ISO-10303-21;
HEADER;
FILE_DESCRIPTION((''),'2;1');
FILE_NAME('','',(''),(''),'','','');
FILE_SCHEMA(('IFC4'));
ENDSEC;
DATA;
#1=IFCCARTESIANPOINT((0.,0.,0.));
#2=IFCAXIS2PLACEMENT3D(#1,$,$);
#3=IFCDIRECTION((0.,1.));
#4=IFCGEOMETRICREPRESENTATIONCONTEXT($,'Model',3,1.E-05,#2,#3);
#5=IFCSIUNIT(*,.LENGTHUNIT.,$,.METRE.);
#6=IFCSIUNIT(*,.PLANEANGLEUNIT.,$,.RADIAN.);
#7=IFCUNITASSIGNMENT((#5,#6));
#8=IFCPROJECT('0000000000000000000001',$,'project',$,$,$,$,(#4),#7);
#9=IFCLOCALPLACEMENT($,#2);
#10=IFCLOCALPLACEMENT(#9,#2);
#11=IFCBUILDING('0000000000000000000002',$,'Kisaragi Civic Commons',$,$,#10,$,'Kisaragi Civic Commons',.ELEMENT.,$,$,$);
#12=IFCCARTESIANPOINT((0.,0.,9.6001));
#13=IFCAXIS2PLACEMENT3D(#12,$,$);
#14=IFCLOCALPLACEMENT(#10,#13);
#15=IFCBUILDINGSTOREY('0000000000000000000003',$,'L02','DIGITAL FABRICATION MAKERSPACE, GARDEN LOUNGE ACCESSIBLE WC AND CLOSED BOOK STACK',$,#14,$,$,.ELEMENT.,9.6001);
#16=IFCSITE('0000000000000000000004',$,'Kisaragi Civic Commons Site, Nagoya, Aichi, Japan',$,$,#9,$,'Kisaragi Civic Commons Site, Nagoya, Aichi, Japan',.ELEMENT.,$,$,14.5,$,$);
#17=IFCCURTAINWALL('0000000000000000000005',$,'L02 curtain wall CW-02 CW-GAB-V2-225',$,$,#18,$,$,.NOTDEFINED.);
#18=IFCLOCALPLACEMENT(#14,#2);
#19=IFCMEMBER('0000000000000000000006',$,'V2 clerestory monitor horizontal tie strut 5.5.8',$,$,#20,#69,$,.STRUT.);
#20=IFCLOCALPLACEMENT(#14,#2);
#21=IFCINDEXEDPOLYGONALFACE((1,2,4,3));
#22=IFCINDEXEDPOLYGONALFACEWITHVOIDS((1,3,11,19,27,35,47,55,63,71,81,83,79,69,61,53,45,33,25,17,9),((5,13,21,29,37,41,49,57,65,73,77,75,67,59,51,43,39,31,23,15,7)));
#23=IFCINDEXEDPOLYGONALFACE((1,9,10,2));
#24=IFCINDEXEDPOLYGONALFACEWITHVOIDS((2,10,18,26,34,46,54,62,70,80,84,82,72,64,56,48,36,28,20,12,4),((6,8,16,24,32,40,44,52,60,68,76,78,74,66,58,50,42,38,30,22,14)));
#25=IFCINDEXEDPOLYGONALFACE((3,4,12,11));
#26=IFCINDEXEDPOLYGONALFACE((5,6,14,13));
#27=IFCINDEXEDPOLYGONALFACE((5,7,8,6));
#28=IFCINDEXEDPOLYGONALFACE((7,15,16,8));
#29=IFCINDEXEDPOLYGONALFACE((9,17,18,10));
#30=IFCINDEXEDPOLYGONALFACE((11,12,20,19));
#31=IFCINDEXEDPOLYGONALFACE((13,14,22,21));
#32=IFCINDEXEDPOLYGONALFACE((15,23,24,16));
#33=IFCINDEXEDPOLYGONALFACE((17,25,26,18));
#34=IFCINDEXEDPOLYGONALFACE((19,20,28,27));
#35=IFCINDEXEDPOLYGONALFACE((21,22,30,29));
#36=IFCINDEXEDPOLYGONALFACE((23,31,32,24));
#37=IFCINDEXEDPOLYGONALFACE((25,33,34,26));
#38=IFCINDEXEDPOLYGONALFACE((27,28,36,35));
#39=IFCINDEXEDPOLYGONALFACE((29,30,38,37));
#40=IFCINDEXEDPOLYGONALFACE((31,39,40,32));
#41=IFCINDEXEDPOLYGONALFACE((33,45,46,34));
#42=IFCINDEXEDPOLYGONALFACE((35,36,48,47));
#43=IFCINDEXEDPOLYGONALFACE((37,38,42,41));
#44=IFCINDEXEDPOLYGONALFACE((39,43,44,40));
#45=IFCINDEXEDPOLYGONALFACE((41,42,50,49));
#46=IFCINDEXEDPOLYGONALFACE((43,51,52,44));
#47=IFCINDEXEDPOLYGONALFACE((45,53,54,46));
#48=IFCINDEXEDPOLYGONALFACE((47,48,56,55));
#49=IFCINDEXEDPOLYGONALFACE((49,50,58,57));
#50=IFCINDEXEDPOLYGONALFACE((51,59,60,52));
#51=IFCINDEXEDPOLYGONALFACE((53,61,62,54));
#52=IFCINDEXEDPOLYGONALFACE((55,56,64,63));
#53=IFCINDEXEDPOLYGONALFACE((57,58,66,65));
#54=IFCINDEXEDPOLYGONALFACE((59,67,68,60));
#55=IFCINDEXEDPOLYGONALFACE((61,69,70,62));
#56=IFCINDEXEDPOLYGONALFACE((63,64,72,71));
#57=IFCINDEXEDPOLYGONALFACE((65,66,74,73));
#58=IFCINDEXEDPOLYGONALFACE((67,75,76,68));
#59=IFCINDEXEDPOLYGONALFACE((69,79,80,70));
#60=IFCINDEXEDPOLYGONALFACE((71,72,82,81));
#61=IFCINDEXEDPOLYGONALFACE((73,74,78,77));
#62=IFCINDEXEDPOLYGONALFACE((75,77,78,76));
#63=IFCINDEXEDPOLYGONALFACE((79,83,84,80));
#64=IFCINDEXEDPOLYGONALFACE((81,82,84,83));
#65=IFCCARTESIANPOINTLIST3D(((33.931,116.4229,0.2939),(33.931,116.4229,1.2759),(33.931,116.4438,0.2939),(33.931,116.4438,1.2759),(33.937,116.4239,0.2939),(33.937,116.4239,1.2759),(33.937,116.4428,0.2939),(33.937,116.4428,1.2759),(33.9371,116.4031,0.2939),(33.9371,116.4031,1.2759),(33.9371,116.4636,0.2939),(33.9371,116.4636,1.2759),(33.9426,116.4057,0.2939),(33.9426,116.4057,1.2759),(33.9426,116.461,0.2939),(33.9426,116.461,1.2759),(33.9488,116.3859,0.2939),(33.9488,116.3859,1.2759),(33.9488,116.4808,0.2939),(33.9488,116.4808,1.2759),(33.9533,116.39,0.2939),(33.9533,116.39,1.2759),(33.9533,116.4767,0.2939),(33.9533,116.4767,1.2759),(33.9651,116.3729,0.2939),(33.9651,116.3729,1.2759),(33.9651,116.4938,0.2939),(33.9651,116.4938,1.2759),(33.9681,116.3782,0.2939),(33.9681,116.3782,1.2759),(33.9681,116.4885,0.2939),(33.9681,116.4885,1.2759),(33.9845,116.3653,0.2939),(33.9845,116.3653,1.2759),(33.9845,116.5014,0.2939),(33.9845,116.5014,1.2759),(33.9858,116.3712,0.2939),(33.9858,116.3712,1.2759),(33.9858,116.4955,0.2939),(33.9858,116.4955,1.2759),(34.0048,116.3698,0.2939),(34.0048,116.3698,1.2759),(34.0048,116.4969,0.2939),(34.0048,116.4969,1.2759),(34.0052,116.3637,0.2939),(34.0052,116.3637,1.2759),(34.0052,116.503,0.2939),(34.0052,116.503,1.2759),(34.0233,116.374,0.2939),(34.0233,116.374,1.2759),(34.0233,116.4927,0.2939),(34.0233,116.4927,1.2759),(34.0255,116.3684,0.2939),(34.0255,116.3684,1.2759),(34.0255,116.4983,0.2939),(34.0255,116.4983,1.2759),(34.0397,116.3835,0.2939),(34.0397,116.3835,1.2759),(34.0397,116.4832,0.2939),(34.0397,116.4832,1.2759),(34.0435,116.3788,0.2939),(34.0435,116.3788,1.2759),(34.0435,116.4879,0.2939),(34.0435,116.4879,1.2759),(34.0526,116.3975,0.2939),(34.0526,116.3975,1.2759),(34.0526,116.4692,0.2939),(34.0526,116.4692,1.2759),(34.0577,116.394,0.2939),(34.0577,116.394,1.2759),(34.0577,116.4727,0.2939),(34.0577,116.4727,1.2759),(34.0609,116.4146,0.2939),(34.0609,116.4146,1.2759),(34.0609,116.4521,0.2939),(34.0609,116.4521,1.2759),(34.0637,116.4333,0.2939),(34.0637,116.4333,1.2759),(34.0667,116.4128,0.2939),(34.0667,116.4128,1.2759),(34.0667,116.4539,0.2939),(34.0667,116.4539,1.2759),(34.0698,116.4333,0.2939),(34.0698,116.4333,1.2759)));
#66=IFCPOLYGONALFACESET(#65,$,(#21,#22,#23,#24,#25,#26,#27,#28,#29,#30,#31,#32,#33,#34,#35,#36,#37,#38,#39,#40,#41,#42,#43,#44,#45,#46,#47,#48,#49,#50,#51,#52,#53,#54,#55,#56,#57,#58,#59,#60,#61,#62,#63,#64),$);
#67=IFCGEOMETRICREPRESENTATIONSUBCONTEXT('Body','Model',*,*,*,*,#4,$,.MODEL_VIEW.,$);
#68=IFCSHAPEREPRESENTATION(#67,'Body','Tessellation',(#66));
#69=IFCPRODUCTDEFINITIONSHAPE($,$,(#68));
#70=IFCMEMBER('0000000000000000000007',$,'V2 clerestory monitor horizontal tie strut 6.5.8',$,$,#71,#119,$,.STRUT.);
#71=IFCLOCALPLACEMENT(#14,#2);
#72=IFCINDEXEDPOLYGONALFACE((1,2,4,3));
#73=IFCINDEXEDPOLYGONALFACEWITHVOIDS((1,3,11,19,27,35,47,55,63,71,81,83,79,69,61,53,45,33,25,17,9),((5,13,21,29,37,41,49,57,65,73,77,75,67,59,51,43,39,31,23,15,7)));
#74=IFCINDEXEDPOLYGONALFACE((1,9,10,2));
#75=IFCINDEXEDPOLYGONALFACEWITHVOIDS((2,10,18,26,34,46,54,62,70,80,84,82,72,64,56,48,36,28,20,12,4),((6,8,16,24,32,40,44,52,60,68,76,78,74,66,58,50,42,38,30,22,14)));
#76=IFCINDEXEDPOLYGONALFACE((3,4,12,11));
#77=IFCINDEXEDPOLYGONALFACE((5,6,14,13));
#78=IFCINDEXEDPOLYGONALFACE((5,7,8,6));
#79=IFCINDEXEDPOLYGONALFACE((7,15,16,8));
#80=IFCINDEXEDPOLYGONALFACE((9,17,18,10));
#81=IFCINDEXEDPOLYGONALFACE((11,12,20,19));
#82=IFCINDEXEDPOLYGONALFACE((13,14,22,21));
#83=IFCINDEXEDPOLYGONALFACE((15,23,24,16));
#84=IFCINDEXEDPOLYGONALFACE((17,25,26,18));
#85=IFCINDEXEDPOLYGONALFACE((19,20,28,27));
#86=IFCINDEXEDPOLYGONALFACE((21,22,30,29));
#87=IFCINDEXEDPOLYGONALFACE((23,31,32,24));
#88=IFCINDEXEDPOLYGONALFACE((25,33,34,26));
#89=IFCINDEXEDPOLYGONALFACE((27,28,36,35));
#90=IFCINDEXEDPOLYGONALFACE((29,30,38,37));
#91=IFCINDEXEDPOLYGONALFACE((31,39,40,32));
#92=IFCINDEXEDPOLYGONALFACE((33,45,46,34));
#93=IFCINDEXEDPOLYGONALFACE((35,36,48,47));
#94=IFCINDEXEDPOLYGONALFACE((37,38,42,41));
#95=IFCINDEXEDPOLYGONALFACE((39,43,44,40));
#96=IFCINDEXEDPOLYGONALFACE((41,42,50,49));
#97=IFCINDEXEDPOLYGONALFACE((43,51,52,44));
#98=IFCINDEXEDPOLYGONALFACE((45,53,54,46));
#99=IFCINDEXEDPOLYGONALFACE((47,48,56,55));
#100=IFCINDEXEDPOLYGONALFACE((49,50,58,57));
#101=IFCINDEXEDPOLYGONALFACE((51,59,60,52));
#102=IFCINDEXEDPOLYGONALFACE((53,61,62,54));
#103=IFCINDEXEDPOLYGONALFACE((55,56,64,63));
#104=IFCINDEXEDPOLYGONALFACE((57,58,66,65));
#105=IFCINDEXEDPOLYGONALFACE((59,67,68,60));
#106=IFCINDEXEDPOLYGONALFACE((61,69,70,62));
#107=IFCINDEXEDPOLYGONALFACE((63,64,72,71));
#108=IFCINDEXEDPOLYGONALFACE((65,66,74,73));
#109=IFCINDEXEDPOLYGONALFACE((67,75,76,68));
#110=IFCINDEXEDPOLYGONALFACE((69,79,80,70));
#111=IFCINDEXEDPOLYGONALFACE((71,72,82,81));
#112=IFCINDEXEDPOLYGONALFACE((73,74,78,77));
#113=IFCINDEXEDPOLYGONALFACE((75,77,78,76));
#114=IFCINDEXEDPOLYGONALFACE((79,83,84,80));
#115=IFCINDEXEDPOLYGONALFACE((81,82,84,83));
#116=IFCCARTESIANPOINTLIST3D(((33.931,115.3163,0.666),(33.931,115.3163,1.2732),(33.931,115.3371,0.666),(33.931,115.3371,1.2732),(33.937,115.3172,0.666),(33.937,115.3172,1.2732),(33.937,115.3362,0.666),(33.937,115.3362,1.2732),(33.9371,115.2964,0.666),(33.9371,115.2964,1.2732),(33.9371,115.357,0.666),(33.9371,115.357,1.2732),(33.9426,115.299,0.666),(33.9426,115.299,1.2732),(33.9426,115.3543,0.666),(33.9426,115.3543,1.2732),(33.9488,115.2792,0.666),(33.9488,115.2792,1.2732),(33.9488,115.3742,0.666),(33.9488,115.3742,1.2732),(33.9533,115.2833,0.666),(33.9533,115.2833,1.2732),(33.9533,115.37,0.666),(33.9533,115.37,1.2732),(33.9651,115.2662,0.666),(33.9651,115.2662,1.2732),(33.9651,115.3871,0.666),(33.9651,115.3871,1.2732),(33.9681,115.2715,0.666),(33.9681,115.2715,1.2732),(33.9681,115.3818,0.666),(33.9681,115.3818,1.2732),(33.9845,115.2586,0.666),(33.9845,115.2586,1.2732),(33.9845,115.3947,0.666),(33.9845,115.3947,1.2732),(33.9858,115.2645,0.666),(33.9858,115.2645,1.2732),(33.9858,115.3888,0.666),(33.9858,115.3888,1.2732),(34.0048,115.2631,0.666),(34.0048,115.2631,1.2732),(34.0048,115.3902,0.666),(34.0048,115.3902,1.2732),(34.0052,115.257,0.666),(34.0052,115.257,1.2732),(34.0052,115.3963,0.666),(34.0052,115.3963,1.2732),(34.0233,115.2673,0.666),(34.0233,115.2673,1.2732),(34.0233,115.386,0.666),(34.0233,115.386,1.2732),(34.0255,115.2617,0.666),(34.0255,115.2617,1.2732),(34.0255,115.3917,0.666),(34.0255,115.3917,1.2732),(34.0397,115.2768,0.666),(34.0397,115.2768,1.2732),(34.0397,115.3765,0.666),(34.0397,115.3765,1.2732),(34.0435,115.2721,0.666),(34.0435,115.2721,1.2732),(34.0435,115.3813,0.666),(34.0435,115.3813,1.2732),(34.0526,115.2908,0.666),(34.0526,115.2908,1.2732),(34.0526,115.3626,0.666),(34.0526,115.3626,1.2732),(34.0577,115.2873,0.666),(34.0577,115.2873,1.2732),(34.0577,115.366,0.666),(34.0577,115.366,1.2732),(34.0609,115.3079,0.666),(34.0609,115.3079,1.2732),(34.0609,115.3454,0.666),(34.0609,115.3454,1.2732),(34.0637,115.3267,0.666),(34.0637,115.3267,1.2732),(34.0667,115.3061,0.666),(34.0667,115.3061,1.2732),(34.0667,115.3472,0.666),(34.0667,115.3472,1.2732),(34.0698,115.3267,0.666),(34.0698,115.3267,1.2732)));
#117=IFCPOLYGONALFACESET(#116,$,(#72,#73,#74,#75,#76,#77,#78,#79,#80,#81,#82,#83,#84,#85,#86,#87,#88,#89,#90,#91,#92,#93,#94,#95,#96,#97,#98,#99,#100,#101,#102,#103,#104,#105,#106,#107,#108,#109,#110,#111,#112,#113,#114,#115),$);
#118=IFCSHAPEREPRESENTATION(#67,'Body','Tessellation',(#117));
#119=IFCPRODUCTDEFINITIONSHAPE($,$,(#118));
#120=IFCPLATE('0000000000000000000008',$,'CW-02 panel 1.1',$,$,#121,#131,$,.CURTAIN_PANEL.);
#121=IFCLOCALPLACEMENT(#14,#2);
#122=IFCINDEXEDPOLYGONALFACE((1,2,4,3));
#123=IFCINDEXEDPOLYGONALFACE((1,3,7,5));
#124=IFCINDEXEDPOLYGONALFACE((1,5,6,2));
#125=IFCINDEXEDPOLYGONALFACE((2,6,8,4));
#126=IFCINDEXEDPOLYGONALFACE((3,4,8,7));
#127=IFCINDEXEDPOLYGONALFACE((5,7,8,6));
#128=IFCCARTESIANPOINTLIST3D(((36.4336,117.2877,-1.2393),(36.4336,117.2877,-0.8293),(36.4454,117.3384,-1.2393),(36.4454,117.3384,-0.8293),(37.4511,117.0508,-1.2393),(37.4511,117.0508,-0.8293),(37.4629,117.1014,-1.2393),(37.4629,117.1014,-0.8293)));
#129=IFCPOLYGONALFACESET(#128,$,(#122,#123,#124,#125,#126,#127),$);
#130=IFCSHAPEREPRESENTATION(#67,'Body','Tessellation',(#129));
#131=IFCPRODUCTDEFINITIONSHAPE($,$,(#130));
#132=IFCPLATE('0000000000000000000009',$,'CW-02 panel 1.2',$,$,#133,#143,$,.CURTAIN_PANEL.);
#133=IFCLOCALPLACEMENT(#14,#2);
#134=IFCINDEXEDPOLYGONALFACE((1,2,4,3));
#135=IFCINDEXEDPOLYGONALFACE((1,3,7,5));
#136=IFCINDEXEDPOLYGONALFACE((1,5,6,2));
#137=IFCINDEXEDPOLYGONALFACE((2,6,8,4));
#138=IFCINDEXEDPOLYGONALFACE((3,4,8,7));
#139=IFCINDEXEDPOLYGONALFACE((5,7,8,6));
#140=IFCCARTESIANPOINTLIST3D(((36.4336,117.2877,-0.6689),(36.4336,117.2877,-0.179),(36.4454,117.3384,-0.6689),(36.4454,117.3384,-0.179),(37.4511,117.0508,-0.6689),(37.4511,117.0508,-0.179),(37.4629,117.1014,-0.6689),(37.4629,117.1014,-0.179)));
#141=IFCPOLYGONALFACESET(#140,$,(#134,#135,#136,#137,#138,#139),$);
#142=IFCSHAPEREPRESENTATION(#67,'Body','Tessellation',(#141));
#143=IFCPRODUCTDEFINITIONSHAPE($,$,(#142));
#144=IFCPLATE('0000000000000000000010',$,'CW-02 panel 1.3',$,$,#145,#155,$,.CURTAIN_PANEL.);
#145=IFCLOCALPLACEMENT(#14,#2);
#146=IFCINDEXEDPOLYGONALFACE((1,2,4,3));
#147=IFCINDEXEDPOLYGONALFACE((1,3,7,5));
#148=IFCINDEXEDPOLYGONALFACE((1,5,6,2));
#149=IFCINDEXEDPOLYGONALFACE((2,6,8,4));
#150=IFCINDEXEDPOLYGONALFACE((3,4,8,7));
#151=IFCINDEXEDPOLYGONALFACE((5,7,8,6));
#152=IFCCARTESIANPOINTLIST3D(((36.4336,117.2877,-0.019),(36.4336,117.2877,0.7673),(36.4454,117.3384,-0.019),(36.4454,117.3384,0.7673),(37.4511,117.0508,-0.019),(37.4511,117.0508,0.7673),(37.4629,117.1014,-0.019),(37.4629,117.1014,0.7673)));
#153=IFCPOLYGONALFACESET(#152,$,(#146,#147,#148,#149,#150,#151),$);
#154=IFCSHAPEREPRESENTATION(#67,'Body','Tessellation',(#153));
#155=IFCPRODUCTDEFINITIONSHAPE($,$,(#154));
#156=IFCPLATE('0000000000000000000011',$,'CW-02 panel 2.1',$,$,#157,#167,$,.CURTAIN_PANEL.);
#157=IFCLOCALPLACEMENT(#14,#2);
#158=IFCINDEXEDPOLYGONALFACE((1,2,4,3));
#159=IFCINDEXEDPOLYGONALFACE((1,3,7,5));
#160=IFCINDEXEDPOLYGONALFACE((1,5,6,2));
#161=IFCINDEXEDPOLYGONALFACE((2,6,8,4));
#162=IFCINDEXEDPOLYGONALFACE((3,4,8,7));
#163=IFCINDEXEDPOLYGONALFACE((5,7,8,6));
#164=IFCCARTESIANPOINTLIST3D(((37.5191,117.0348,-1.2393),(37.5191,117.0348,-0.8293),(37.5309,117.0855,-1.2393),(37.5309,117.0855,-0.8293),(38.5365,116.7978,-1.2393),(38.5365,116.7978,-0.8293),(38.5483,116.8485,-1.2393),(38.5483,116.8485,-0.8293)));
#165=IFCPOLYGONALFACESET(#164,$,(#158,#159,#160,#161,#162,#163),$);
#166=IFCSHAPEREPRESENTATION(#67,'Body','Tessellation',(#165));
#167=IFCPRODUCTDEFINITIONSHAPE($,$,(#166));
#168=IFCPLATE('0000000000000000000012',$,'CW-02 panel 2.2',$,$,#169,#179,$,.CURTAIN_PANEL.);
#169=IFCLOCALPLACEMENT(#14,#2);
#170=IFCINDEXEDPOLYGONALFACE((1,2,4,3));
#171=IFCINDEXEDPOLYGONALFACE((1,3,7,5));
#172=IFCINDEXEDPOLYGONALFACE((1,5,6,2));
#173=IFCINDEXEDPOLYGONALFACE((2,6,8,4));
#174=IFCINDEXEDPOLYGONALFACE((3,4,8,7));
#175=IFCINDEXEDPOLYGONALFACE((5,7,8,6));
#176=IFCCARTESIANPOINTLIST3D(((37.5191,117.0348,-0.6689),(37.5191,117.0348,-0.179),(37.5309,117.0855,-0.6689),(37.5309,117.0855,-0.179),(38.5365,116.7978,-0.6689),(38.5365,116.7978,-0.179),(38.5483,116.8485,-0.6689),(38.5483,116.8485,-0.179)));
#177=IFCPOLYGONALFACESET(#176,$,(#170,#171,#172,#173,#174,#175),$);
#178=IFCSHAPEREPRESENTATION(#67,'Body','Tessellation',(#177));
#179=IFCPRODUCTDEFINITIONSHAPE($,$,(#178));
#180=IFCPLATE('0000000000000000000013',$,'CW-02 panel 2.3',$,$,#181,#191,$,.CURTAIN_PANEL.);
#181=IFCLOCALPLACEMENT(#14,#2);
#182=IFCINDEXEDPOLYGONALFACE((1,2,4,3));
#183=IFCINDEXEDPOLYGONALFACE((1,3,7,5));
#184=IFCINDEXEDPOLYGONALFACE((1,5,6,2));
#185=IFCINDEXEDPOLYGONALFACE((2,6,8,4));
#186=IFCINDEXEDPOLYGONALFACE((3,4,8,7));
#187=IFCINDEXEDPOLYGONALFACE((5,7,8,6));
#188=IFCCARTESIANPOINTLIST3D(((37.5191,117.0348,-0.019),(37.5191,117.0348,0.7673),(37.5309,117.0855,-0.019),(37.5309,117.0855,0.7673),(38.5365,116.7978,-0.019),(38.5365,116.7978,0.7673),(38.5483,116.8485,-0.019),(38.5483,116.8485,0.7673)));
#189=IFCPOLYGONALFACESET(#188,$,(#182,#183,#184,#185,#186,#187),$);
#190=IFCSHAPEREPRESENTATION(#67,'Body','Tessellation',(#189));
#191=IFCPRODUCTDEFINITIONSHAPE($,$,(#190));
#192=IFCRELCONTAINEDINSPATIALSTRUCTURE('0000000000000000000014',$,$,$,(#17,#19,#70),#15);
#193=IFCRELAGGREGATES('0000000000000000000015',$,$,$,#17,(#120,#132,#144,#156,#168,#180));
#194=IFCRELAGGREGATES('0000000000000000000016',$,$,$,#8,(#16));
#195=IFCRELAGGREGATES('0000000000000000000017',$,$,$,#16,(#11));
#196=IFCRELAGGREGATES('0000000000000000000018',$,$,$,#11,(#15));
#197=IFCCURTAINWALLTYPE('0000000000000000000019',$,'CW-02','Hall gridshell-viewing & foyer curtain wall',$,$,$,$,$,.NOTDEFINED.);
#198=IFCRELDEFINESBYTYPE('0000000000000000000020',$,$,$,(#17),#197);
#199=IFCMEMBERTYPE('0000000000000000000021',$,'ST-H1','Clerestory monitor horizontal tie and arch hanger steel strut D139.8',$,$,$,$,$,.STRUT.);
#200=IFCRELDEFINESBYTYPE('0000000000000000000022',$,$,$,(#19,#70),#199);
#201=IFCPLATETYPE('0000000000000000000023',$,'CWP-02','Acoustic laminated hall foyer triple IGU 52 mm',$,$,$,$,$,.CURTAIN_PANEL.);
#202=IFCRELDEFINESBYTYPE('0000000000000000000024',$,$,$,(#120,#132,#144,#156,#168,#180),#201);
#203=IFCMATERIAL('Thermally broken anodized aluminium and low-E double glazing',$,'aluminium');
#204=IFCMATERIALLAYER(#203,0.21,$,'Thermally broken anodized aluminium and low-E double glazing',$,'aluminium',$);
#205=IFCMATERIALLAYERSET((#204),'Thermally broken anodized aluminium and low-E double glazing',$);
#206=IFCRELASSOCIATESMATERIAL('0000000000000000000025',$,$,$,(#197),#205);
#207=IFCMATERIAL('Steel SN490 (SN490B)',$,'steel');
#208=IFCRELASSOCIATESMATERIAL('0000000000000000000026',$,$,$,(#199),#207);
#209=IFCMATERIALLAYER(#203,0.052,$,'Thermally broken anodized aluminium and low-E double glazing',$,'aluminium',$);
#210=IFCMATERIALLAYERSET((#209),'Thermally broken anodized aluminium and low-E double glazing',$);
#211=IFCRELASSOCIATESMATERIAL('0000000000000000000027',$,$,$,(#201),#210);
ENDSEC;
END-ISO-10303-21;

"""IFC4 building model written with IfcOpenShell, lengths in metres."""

from ifc_helpers import new_model, si_unit, direction, frame, origin, origin_2d, place, context, subcontext, project, spatial, rectangle, hollow_circle, extrude, material, layer, layer_set, material_profile, profile_set, type_object, element, aggregate, save


model = new_model("IFC4")

# Units and contexts
model_context = context("Model", 3, precision=1e-05, world=origin(), true_north=direction((0.0, 1.0)))
body_context = subcontext(model_context, "Body", "Model", "MODEL_VIEW")
ifc_project = project(units=[si_unit("LENGTHUNIT", "METRE"), si_unit("PLANEANGLEUNIT", "RADIAN")], contexts=[model_context])

# Site, building, storey
site_placement = place(None, origin())
site = spatial("IfcSite", under=ifc_project, at=site_placement, Name="Kisaragi Civic Commons Site, Nagoya, Aichi, Japan", LongName="Kisaragi Civic Commons Site, Nagoya, Aichi, Japan", CompositionType="ELEMENT", RefElevation=14.5)
building_placement = place(site_placement, origin())
building = spatial("IfcBuilding", under=site, at=building_placement, Name="Kisaragi Civic Commons", LongName="Kisaragi Civic Commons", CompositionType="ELEMENT")
storey_placement = place(building_placement, frame((0.0, 0.0, 9.6001)))
storey = spatial("IfcBuildingStorey", under=building, at=storey_placement, Name="L02", Description="DIGITAL FABRICATION MAKERSPACE, GARDEN LOUNGE ACCESSIBLE WC AND CLOSED BOOK STACK", CompositionType="ELEMENT", Elevation=9.6001)

# Curtain wall
ifc_material_1 = material(Name="Thermally broken anodized aluminium and low-E double glazing", Category="aluminium")
ifc_layer_1 = layer(ifc_material_1, 0.21, Name="Thermally broken anodized aluminium and low-E double glazing", Category="aluminium")
ifc_layer_set_1 = layer_set([ifc_layer_1], Name="Thermally broken anodized aluminium and low-E double glazing")
curtain_wall_type = type_object("IfcCurtainWallType", Name="CW-02", Description="Hall gridshell-viewing & foyer curtain wall", PredefinedType="NOTDEFINED", material=ifc_layer_set_1)
curtain_wall_placement = place(storey_placement, origin())
curtain_wall = element("IfcCurtainWall", 1, at=curtain_wall_placement, inside=storey, type_object=curtain_wall_type, Name="L02 curtain wall CW-02 CW-GAB-V2-225", PredefinedType="NOTDEFINED")

# Members
ifc_material_2 = material(Name="Steel SN490 (SN490B)", Category="steel")
ifc_material_profile_1 = material_profile(ifc_material_2, hollow_circle(Radius=0.0698, WallThickness=0.0061, at=origin_2d()), Name="CHS-139.8x6.0", Category="steel")
ifc_profile_set_1 = profile_set([ifc_material_profile_1], Name="Steel SN490 (SN490B)")
member_type_1 = type_object("IfcMemberType", Name="ST-H1", Description="Clerestory monitor horizontal tie and arch hanger steel strut D139.8", PredefinedType="STRUT", material=ifc_profile_set_1)
member_1_placement = place(storey_placement, frame((34.0, 116.4333, 0.2939), z_axis=(0.0, 0.0, 1.0), x_axis=(1.0, 0.0, 0.0)))
element("IfcMember", 2, at=member_1_placement, inside=storey, type_object=member_type_1, Name="V2 clerestory monitor horizontal tie strut 5.5.8", PredefinedType="STRUT", context=body_context, shape_type="SweptSolid", body=[
    extrude(hollow_circle(Radius=0.0698, WallThickness=0.0061, at=origin_2d()), origin(), (0.0, 0.0, 1.0), 0.9819),
])
member_2_placement = place(storey_placement, frame((34.0, 115.3267, 0.666), z_axis=(0.0, 0.0, 1.0), x_axis=(1.0, 0.0, 0.0)))
element("IfcMember", 3, at=member_2_placement, inside=storey, type_object=member_type_1, Name="V2 clerestory monitor horizontal tie strut 6.5.8", PredefinedType="STRUT", context=body_context, shape_type="SweptSolid", body=[
    extrude(hollow_circle(Radius=0.0698, WallThickness=0.0061, at=origin_2d()), origin(), (0.0, 0.0, 1.0), 0.6072),
])

# Plates
ifc_layer_2 = layer(ifc_material_1, 0.052, Name="Thermally broken anodized aluminium and low-E double glazing", Category="aluminium")
ifc_layer_set_2 = layer_set([ifc_layer_2], Name="Thermally broken anodized aluminium and low-E double glazing")
plate_type_1 = type_object("IfcPlateType", Name="CWP-02", Description="Acoustic laminated hall foyer triple IGU 52 mm", PredefinedType="CURTAIN_PANEL", material=ifc_layer_set_2)
plate_1_placement = place(storey_placement, frame((36.9482, 117.1946, -1.2393), z_axis=(0.0, 0.0, 1.0), x_axis=(0.973935, -0.226825, 0.0)))
plate_1 = element("IfcPlate", 4, at=plate_1_placement, type_object=plate_type_1, Name="CW-02 panel 1.1", PredefinedType="CURTAIN_PANEL", context=body_context, shape_type="SweptSolid", body=[
    extrude(rectangle(XDim=1.0447, YDim=0.052, at=origin_2d()), origin(), (0.0, 0.0, 1.0), 0.4099),
])
plate_2_placement = place(storey_placement, frame((36.9482, 117.1946, -0.6689), z_axis=(0.0, 0.0, 1.0), x_axis=(0.973935, -0.226825, 0.0)))
plate_2 = element("IfcPlate", 5, at=plate_2_placement, type_object=plate_type_1, Name="CW-02 panel 1.2", PredefinedType="CURTAIN_PANEL", context=body_context, shape_type="SweptSolid", body=[
    extrude(rectangle(XDim=1.0447, YDim=0.052, at=origin_2d()), origin(), (0.0, 0.0, 1.0), 0.49),
])
plate_3_placement = place(storey_placement, frame((36.9482, 117.1946, -0.019), z_axis=(0.0, 0.0, 1.0), x_axis=(0.973935, -0.226825, 0.0)))
plate_3 = element("IfcPlate", 6, at=plate_3_placement, type_object=plate_type_1, Name="CW-02 panel 1.3", PredefinedType="CURTAIN_PANEL", context=body_context, shape_type="SweptSolid", body=[
    extrude(rectangle(XDim=1.0447, YDim=0.052, at=origin_2d()), origin(), (0.0, 0.0, 1.0), 0.7864),
])
plate_4_placement = place(storey_placement, frame((38.0337, 116.9417, -1.2393), z_axis=(0.0, 0.0, 1.0), x_axis=(0.973935, -0.226825, 0.0)))
plate_4 = element("IfcPlate", 7, at=plate_4_placement, type_object=plate_type_1, Name="CW-02 panel 2.1", PredefinedType="CURTAIN_PANEL", context=body_context, shape_type="SweptSolid", body=[
    extrude(rectangle(XDim=1.0447, YDim=0.052, at=origin_2d()), origin(), (0.0, 0.0, 1.0), 0.4099),
])
plate_5_placement = place(storey_placement, frame((38.0337, 116.9417, -0.6689), z_axis=(0.0, 0.0, 1.0), x_axis=(0.973935, -0.226825, 0.0)))
plate_5 = element("IfcPlate", 8, at=plate_5_placement, type_object=plate_type_1, Name="CW-02 panel 2.2", PredefinedType="CURTAIN_PANEL", context=body_context, shape_type="SweptSolid", body=[
    extrude(rectangle(XDim=1.0447, YDim=0.052, at=origin_2d()), origin(), (0.0, 0.0, 1.0), 0.49),
])
plate_6_placement = place(storey_placement, frame((38.0337, 116.9417, -0.019), z_axis=(0.0, 0.0, 1.0), x_axis=(0.973935, -0.226825, 0.0)))
plate_6 = element("IfcPlate", 9, at=plate_6_placement, type_object=plate_type_1, Name="CW-02 panel 2.3", PredefinedType="CURTAIN_PANEL", context=body_context, shape_type="SweptSolid", body=[
    extrude(rectangle(XDim=1.0447, YDim=0.052, at=origin_2d()), origin(), (0.0, 0.0, 1.0), 0.7864),
])
aggregate(curtain_wall, [plate_1, plate_2, plate_3, plate_4, plate_5, plate_6])

save(model, "model.ifc")
